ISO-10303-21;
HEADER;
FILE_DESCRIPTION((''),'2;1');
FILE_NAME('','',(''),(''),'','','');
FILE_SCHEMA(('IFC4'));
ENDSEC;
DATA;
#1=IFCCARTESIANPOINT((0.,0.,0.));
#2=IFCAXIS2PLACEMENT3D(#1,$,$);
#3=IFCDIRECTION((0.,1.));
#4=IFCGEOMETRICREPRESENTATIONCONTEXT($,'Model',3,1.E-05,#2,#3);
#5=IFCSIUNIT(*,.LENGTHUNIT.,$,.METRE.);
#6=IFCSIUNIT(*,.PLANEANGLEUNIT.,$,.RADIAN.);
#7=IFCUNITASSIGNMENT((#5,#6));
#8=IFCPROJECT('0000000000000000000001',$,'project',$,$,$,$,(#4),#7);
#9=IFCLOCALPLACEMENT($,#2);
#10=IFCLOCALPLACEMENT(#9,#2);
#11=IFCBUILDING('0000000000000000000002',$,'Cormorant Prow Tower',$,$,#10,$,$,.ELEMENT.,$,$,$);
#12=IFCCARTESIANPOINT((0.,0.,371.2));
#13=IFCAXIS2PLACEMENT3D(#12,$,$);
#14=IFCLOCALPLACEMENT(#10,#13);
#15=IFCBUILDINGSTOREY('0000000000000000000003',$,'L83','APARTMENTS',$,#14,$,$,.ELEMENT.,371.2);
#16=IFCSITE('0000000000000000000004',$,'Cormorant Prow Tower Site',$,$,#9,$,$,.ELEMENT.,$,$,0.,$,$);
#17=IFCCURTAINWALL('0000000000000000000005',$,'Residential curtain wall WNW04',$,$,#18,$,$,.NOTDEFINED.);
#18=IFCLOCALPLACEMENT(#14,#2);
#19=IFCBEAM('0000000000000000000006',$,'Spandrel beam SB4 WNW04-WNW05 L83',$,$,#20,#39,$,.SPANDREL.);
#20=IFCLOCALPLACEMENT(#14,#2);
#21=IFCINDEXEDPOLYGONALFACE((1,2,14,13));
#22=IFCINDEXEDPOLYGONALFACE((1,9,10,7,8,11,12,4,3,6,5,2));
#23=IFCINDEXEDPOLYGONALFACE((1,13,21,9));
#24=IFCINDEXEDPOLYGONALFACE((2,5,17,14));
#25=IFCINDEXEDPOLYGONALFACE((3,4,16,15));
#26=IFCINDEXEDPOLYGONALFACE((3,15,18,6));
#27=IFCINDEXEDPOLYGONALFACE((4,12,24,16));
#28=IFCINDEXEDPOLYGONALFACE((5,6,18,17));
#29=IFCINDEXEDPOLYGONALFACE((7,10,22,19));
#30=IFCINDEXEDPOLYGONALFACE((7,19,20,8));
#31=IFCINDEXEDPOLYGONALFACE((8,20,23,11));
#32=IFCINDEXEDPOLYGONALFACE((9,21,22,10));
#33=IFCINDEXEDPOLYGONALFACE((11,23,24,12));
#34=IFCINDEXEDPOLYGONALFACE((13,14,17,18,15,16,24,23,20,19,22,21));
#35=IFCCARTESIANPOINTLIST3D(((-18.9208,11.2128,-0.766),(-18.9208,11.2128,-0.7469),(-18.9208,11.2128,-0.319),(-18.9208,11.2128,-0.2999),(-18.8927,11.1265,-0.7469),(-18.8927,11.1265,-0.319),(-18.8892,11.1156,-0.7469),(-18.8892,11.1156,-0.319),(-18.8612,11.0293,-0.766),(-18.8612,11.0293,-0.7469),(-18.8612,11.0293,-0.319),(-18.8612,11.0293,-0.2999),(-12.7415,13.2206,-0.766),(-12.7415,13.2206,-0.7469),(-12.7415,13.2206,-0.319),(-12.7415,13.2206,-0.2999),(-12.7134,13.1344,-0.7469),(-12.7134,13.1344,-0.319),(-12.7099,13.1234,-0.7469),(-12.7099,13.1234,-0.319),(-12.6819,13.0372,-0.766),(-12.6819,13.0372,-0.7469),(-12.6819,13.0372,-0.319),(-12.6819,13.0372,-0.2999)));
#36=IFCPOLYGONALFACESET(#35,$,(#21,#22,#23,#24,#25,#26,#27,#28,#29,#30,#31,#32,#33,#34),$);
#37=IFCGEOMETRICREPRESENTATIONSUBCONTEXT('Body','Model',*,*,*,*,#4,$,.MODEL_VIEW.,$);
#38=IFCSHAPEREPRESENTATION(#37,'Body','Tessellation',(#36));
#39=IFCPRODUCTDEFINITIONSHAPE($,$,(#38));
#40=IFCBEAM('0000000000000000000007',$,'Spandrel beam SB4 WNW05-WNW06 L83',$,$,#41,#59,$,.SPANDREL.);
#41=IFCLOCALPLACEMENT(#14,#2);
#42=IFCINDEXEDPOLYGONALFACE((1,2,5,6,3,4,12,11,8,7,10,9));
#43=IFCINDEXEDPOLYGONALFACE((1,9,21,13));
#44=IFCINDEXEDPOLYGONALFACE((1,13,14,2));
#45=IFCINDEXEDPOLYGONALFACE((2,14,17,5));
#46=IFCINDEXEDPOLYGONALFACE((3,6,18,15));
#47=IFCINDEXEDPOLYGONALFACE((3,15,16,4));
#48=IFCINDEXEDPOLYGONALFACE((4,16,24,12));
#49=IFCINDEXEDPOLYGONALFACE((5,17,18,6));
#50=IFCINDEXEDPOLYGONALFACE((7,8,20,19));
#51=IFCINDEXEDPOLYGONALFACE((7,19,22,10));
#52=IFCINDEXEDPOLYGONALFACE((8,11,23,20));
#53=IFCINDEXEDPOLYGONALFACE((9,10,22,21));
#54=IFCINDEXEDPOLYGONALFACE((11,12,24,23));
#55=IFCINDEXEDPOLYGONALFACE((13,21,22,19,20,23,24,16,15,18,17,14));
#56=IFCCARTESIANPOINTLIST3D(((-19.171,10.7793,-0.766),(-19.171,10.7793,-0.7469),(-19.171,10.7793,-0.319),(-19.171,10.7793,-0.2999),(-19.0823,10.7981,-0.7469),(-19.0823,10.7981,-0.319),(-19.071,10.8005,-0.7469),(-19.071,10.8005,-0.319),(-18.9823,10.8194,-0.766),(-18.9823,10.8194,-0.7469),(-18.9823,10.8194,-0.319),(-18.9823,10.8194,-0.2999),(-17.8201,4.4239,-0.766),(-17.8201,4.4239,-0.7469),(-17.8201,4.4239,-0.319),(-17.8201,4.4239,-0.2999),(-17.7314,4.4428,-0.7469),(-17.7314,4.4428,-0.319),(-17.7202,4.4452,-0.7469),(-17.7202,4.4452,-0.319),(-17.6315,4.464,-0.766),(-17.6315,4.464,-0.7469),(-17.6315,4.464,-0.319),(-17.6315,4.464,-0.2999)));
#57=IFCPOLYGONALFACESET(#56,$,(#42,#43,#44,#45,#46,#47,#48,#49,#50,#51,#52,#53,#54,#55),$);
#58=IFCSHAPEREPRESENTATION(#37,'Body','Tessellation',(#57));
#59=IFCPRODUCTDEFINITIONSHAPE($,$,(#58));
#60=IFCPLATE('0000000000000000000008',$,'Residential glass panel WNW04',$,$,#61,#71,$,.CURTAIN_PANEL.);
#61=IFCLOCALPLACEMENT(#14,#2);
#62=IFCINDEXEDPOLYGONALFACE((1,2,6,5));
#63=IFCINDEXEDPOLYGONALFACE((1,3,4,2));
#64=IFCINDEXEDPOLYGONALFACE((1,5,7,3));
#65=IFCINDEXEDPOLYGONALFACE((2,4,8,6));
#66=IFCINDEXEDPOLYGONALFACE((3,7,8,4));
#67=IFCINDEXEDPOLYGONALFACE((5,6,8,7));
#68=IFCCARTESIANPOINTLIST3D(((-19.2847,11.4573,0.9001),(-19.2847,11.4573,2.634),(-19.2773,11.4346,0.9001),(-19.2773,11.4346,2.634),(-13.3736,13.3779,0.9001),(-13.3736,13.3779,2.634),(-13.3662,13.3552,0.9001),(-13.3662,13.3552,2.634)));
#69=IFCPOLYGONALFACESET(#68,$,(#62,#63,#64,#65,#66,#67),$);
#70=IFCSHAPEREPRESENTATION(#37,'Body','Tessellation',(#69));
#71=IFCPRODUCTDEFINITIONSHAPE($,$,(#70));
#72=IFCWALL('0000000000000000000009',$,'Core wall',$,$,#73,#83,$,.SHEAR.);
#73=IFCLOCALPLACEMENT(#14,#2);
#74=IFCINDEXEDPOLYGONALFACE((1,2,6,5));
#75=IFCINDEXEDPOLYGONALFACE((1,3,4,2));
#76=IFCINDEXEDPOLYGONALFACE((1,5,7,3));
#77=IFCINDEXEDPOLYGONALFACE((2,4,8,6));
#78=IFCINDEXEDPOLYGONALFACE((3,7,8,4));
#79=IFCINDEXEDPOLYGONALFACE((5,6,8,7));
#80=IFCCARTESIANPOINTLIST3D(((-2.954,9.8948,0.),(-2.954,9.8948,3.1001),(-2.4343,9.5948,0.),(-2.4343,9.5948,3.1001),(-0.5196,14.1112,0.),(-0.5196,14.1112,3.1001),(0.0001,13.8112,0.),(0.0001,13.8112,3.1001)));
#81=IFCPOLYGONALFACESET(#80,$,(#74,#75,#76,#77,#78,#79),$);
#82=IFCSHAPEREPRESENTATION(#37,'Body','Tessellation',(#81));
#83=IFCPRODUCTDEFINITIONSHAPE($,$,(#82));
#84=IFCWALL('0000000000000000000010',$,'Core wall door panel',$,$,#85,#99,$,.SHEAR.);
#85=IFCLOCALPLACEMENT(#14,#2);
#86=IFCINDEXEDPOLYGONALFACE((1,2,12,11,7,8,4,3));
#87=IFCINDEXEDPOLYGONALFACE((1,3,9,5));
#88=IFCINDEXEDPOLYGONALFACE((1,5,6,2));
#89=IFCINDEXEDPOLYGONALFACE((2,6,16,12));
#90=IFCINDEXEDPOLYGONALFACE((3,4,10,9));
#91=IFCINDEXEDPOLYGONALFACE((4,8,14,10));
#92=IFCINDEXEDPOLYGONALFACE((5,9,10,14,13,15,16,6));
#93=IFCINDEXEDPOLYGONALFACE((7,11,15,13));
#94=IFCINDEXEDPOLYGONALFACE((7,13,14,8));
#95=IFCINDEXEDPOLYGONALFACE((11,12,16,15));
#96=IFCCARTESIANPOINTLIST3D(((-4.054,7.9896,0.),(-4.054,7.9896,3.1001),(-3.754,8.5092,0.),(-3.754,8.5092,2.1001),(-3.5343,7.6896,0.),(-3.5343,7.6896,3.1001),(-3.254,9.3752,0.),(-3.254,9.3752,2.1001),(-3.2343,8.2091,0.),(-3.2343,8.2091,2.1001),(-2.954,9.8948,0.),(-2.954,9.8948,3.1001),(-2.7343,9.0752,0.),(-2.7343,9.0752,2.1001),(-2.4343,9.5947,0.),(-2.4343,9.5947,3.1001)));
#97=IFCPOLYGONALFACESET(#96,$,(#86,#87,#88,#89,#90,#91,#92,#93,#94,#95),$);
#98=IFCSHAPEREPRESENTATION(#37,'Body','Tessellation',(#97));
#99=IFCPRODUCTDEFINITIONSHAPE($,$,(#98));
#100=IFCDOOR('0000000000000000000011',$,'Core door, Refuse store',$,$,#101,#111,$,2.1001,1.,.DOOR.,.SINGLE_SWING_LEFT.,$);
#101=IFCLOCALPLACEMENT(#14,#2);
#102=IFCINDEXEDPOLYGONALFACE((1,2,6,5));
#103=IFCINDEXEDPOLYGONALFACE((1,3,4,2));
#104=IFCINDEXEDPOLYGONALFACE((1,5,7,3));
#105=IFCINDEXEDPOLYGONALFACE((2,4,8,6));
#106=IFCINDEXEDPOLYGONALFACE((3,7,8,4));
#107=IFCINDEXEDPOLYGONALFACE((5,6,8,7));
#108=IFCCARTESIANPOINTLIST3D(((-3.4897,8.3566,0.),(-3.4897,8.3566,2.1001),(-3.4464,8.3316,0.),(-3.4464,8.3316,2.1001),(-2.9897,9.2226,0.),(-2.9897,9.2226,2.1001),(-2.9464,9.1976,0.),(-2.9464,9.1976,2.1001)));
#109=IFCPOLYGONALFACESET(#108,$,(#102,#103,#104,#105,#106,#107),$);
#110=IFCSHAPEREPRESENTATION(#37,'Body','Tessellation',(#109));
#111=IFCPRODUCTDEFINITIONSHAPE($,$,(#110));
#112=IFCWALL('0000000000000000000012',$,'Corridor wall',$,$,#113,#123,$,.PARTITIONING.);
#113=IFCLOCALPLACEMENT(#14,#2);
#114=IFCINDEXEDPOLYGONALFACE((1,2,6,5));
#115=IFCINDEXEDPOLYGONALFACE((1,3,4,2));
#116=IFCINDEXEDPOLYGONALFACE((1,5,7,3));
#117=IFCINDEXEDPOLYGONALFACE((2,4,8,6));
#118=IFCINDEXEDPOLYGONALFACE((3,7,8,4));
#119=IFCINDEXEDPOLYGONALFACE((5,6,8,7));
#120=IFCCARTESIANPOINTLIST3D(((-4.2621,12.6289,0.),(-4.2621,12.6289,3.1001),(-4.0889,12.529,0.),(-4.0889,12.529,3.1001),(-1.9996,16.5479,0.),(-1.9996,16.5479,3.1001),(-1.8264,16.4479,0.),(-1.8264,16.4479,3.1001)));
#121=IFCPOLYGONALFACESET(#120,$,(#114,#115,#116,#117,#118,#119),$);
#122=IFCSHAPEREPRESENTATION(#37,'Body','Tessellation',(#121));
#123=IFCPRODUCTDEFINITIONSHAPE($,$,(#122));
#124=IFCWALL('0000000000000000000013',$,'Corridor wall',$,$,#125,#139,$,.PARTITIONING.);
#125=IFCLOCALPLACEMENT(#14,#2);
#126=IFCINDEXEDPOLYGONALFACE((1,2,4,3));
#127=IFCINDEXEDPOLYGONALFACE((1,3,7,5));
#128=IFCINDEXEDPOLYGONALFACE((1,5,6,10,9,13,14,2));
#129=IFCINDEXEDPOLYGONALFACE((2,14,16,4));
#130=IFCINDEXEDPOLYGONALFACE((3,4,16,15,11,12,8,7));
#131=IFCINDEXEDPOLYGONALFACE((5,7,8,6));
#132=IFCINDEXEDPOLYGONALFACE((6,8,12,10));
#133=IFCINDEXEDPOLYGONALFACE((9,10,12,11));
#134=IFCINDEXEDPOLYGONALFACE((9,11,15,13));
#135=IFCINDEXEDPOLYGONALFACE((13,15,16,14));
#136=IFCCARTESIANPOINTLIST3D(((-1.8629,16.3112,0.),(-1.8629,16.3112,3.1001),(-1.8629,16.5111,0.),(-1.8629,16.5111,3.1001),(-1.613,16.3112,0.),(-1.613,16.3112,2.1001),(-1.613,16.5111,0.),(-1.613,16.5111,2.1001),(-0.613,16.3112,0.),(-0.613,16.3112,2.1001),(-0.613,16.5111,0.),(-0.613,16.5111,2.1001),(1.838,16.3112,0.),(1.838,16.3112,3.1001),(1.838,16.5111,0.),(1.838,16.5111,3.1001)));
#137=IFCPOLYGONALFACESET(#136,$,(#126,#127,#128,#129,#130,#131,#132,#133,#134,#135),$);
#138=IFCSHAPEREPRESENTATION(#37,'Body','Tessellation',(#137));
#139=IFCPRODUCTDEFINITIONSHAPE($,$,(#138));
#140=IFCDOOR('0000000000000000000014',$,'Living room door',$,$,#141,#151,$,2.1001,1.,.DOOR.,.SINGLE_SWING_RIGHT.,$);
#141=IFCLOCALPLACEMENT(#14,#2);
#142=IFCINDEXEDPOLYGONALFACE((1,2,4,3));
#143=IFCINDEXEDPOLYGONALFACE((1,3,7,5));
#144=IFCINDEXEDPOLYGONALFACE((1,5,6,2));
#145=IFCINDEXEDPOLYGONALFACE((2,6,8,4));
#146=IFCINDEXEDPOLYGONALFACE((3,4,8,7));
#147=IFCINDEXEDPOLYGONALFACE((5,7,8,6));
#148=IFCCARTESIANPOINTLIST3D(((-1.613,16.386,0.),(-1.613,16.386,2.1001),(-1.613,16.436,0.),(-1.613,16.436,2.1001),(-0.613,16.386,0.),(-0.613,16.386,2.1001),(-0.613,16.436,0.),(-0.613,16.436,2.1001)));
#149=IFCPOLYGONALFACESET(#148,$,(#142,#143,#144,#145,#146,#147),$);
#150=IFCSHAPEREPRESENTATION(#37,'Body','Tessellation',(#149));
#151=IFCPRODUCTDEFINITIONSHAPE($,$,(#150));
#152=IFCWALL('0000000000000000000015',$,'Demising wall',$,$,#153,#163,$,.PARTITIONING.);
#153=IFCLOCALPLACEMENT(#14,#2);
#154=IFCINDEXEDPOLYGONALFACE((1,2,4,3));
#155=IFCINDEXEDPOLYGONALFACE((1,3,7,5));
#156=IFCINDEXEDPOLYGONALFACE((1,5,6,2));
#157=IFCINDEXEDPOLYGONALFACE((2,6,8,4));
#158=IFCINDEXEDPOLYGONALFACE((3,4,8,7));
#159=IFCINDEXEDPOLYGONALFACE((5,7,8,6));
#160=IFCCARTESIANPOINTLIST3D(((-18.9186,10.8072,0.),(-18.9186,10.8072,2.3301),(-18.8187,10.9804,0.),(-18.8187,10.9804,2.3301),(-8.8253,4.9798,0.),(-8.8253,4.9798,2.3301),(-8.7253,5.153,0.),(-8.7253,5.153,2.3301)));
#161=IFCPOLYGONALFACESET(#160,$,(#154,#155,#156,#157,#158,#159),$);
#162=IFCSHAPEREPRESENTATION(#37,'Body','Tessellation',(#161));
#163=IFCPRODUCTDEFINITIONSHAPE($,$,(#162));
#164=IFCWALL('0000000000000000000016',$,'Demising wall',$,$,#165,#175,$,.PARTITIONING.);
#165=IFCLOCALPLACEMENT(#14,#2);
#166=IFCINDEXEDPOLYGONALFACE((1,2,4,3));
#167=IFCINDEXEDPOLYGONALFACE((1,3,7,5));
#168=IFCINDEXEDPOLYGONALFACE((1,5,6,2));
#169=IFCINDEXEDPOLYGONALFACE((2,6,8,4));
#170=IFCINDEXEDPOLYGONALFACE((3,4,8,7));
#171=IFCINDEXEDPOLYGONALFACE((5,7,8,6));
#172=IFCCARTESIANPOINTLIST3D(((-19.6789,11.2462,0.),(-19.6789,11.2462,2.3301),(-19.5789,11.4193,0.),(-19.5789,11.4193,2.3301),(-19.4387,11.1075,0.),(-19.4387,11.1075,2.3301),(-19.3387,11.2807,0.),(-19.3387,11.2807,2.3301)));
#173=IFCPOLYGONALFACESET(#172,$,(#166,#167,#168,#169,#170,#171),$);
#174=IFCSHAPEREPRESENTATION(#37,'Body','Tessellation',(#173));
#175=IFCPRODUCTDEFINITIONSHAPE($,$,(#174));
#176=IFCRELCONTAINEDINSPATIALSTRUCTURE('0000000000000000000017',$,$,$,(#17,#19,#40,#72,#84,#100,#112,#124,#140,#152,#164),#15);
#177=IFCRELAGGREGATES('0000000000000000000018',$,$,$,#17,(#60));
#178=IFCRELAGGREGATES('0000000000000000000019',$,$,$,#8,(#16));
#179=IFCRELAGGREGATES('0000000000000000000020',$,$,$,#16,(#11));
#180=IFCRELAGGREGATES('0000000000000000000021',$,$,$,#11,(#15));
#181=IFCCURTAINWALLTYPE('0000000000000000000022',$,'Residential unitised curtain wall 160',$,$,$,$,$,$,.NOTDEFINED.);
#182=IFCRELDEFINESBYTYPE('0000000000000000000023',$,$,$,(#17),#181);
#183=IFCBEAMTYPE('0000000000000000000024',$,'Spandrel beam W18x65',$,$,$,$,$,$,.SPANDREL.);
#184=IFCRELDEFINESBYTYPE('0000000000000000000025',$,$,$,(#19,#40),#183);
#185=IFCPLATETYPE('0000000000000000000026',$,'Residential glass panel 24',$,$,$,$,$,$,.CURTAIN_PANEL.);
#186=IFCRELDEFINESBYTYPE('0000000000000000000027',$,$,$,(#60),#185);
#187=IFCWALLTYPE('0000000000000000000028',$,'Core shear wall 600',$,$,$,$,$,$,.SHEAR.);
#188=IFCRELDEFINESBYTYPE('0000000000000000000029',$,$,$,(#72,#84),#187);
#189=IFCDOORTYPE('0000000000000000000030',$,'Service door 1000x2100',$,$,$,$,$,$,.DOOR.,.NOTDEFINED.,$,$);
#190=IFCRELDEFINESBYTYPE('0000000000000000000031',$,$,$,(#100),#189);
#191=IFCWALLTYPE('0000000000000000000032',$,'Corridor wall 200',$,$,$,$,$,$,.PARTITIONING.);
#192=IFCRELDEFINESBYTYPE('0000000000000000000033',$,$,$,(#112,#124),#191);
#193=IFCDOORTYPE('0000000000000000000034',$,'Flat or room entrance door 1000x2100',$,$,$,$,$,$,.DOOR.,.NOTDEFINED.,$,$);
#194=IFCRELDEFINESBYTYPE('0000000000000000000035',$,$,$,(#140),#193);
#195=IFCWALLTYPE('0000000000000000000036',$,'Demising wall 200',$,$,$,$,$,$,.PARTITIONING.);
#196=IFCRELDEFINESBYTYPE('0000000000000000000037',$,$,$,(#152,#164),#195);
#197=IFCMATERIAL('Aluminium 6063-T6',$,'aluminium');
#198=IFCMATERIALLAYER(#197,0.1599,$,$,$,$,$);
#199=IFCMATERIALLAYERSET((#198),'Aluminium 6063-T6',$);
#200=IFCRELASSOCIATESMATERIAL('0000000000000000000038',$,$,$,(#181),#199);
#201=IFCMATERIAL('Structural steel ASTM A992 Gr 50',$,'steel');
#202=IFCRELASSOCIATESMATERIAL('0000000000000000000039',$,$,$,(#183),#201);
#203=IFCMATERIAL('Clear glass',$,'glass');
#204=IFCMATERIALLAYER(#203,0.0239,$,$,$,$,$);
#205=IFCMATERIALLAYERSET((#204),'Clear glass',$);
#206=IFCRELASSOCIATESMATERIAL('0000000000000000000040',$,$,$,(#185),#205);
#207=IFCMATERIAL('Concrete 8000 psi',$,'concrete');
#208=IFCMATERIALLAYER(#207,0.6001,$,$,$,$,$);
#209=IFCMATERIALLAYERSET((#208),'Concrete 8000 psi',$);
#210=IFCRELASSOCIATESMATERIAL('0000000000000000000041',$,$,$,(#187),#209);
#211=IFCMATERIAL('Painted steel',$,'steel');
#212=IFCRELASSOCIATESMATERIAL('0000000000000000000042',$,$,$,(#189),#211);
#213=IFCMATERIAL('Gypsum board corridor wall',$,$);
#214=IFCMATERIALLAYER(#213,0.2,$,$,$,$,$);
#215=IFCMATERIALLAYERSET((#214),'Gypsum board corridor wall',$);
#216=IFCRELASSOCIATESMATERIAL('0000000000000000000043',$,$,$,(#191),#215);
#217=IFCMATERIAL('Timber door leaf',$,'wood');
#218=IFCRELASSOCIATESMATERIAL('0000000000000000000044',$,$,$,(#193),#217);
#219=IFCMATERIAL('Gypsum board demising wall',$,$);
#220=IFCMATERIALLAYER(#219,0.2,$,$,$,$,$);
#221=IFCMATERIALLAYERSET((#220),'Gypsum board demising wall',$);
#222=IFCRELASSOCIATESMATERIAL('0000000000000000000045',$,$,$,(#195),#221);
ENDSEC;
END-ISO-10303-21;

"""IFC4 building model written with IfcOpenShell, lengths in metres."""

from ifc_helpers import new_model, si_unit, direction, frame, frame_2d, origin, origin_2d, place, context, subcontext, project, spatial, rectangle, i_section, extrude, material, layer, layer_set, material_profile, profile_set, type_object, element, fill, aggregate, save


model = new_model("IFC4")

# Units and contexts
model_context = context("Model", 3, precision=1e-05, world=origin(), true_north=direction((0.0, 1.0)))
body_context = subcontext(model_context, "Body", "Model", "MODEL_VIEW")
ifc_project = project(units=[si_unit("LENGTHUNIT", "METRE"), si_unit("PLANEANGLEUNIT", "RADIAN")], contexts=[model_context])

# Site, building, storey
site_placement = place(None, origin())
site = spatial("IfcSite", under=ifc_project, at=site_placement, Name="Cormorant Prow Tower Site", CompositionType="ELEMENT", RefElevation=0.0)
building_placement = place(site_placement, origin())
building = spatial("IfcBuilding", under=site, at=building_placement, Name="Cormorant Prow Tower", CompositionType="ELEMENT")
storey_placement = place(building_placement, frame((0.0, 0.0, 371.2)))
storey = spatial("IfcBuildingStorey", under=building, at=storey_placement, Name="L83", Description="APARTMENTS", CompositionType="ELEMENT", Elevation=371.2)

# Curtain wall
ifc_material_1 = material(Name="Aluminium 6063-T6", Category="aluminium")
ifc_layer_1 = layer(ifc_material_1, 0.1599)
ifc_layer_set_1 = layer_set([ifc_layer_1], Name="Aluminium 6063-T6")
curtain_wall_type = type_object("IfcCurtainWallType", Name="Residential unitised curtain wall 160", PredefinedType="NOTDEFINED", material=ifc_layer_set_1)
curtain_wall_placement = place(storey_placement, origin())
curtain_wall = element("IfcCurtainWall", 1, at=curtain_wall_placement, inside=storey, type_object=curtain_wall_type, Name="Residential curtain wall WNW04", PredefinedType="NOTDEFINED")

# Beams
ifc_material_2 = material(Name="Structural steel ASTM A992 Gr 50", Category="steel")
ifc_material_profile_1 = material_profile(ifc_material_2, i_section(OverallWidth=0.1929, OverallDepth=0.4661, WebThickness=0.0115, FlangeThickness=0.019, at=origin_2d()), Name="W18x65")
ifc_profile_set_1 = profile_set([ifc_material_profile_1], Name="Structural steel ASTM A992 Gr 50")
beam_type_1 = type_object("IfcBeamType", Name="Spandrel beam W18x65", PredefinedType="SPANDREL", material=ifc_profile_set_1)
for number, where, z_axis, x_axis, name in (
    (2, (-12.7117, 13.1289, -0.533), (-0.951053, -0.309027, 0.0), (0.309027, -0.951053, 0.0), "Spandrel beam SB4 WNW04-WNW05 L83"),
    (3, (-19.0767, 10.7993, -0.533), (0.20791, -0.978148, 0.0), (0.978148, 0.20791, 0.0), "Spandrel beam SB4 WNW05-WNW06 L83"),
):
    element("IfcBeam", number, at=place(storey_placement, frame(where, z_axis=z_axis, x_axis=x_axis)), inside=storey, type_object=beam_type_1, Name=name, PredefinedType="SPANDREL", context=body_context, shape_type="SweptSolid", body=[
        extrude(i_section(OverallWidth=0.1929, OverallDepth=0.4661, WebThickness=0.0115, FlangeThickness=0.019, at=origin_2d()), origin(), (0.0, 0.0, 1.0), 6.4973),
    ])

# Plate
ifc_material_3 = material(Name="Clear glass", Category="glass")
ifc_layer_2 = layer(ifc_material_3, 0.0239)
ifc_layer_set_2 = layer_set([ifc_layer_2], Name="Clear glass")
plate_type = type_object("IfcPlateType", Name="Residential glass panel 24", PredefinedType="CURTAIN_PANEL", material=ifc_layer_set_2)
plate_placement = place(storey_placement, frame((-16.3254, 12.4062, 0.9001), z_axis=(0.0, 0.0, 1.0), x_axis=(-0.951057, -0.309017, 0.0)))
plate = element("IfcPlate", 4, at=plate_placement, type_object=plate_type, Name="Residential glass panel WNW04", PredefinedType="CURTAIN_PANEL", context=body_context, shape_type="SweptSolid", body=[
    extrude(rectangle(XDim=6.2153, YDim=0.0239, at=origin_2d()), origin(), (0.0, 0.0, 1.0), 1.7339),
])
aggregate(curtain_wall, [plate])

# Wall
ifc_material_4 = material(Name="Concrete 8000 psi", Category="concrete")
ifc_layer_3 = layer(ifc_material_4, 0.6001)
ifc_layer_set_3 = layer_set([ifc_layer_3], Name="Concrete 8000 psi")
wall_type_1 = type_object("IfcWallType", Name="Core shear wall 600", PredefinedType="SHEAR", material=ifc_layer_set_3)
wall_1_placement = place(storey_placement, frame((-0.2598, 13.9612, 0.0), z_axis=(0.0, 0.0, 1.0), x_axis=(-0.500006, -0.866022, 0.0)))
element("IfcWall", 5, at=wall_1_placement, inside=storey, type_object=wall_type_1, Name="Core wall", PredefinedType="SHEAR", context=body_context, shape_type="SweptSolid", body=[
    extrude(rectangle(XDim=4.8687, YDim=0.6001, at=frame_2d((2.4343, 0.0))), origin(), (0.0, 0.0, 1.0), 3.1001),
])

# Wall, opening, door
wall_2_placement = place(storey_placement, frame((-2.6941, 9.7449, 0.0), z_axis=(0.0, 0.0, 1.0), x_axis=(-0.50003, -0.866008, 0.0)))
wall_2 = element("IfcWall", 6, at=wall_2_placement, inside=storey, type_object=wall_type_1, Name="Core wall door panel", PredefinedType="SHEAR", context=body_context, shape_type="SweptSolid", body=[
    extrude(rectangle(XDim=2.2, YDim=0.6001, at=frame_2d((1.1001, 0.0))), origin(), (0.0, 0.0, 1.0), 3.1001),
])
opening_1_placement = place(wall_2_placement, frame((0.6001, 0.0, 0.0)))
opening_1 = element("IfcOpeningElement", 7, at=opening_1_placement, cuts=wall_2, PredefinedType="OPENING", context=body_context, shape_type="SweptSolid", body=[
    extrude(rectangle(XDim=1.0, YDim=2.1001, at=frame_2d((0.5, 1.05))), frame((0.0, 0.3101, 0.0), z_axis=(0.0, -1.0, 0.0), x_axis=(1.0, 0.0, 0.0)), (0.0, 0.0, 1.0), 0.6201),
])
ifc_material_5 = material(Name="Painted steel", Category="steel")
door_type_1 = type_object("IfcDoorType", Name="Service door 1000x2100", OperationType="NOTDEFINED", PredefinedType="DOOR", material=ifc_material_5)
door_1_placement = place(opening_1_placement, origin())
door_1 = element("IfcDoor", 8, at=door_1_placement, inside=storey, type_object=door_type_1, Name="Core door, Refuse store", OperationType="SINGLE_SWING_LEFT", OverallHeight=2.1001, OverallWidth=1.0, PredefinedType="DOOR", context=body_context, shape_type="SweptSolid", body=[
    extrude(rectangle(XDim=1.0, YDim=2.1001, at=frame_2d((0.5, 1.05))), frame((0.0, 0.0552, 0.0), z_axis=(0.0, -1.0, 0.0), x_axis=(1.0, 0.0, 0.0)), (0.0, 0.0, 1.0), 0.05),
])
fill(opening_1, door_1)

# Wall
ifc_material_6 = material(Name="Gypsum board corridor wall")
ifc_layer_4 = layer(ifc_material_6, 0.2)
ifc_layer_set_4 = layer_set([ifc_layer_4], Name="Gypsum board corridor wall")
wall_type_2 = type_object("IfcWallType", Name="Corridor wall 200", PredefinedType="PARTITIONING", material=ifc_layer_set_4)
wall_3_placement = place(storey_placement, frame((-4.1755, 12.5789, 0.0), z_axis=(0.0, 0.0, 1.0), x_axis=(0.499975, 0.86604, 0.0)))
element("IfcWall", 9, at=wall_3_placement, inside=storey, type_object=wall_type_2, Name="Corridor wall", PredefinedType="PARTITIONING", context=body_context, shape_type="SweptSolid", body=[
    extrude(rectangle(XDim=4.5251, YDim=0.2, at=frame_2d((2.2627, 0.0))), origin(), (0.0, 0.0, 1.0), 3.1001),
])

# Wall, opening, door
wall_4_placement = place(storey_placement, frame((-1.863, 16.4111, 0.0), z_axis=(0.0, 0.0, 1.0), x_axis=(1.0, 0.0, 0.0)))
wall_4 = element("IfcWall", 10, at=wall_4_placement, inside=storey, type_object=wall_type_2, Name="Corridor wall", PredefinedType="PARTITIONING", context=body_context, shape_type="SweptSolid", body=[
    extrude(rectangle(XDim=3.7009, YDim=0.2, at=frame_2d((1.8506, 0.0))), origin(), (0.0, 0.0, 1.0), 3.1001),
])
opening_2_placement = place(wall_4_placement, frame((0.25, 0.0, 0.0)))
opening_2 = element("IfcOpeningElement", 11, at=opening_2_placement, cuts=wall_4, PredefinedType="OPENING", context=body_context, shape_type="SweptSolid", body=[
    extrude(rectangle(XDim=1.0, YDim=2.1001, at=frame_2d((0.5, 1.05))), frame((0.0, 0.1099, 0.0), z_axis=(0.0, -1.0, 0.0), x_axis=(1.0, 0.0, 0.0)), (0.0, 0.0, 1.0), 0.22),
])
ifc_material_7 = material(Name="Timber door leaf", Category="wood")
door_type_2 = type_object("IfcDoorType", Name="Flat or room entrance door 1000x2100", OperationType="NOTDEFINED", PredefinedType="DOOR", material=ifc_material_7)
door_2_placement = place(opening_2_placement, origin())
door_2 = element("IfcDoor", 12, at=door_2_placement, inside=storey, type_object=door_type_2, Name="Living room door", OperationType="SINGLE_SWING_RIGHT", OverallHeight=2.1001, OverallWidth=1.0, PredefinedType="DOOR", context=body_context, shape_type="SweptSolid", body=[
    extrude(rectangle(XDim=1.0, YDim=2.1001, at=frame_2d((0.5, 1.05))), frame((0.0, 0.0249, 0.0), z_axis=(0.0, -1.0, 0.0), x_axis=(1.0, 0.0, 0.0)), (0.0, 0.0, 1.0), 0.05),
])
fill(opening_2, door_2)

# Walls
ifc_material_8 = material(Name="Gypsum board demising wall")
ifc_layer_5 = layer(ifc_material_8, 0.2)
ifc_layer_set_5 = layer_set([ifc_layer_5], Name="Gypsum board demising wall")
wall_type_3 = type_object("IfcWallType", Name="Demising wall 200", PredefinedType="PARTITIONING", material=ifc_layer_set_5)
wall_5_placement = place(storey_placement, frame((-18.8687, 10.8938, 0.0), z_axis=(0.0, 0.0, 1.0), x_axis=(0.866024, -0.500003, 0.0)))
element("IfcWall", 13, at=wall_5_placement, inside=storey, type_object=wall_type_3, Name="Demising wall", PredefinedType="PARTITIONING", context=body_context, shape_type="SweptSolid", body=[
    extrude(rectangle(XDim=11.6548, YDim=0.2, at=frame_2d((5.8274, 0.0))), origin(), (0.0, 0.0, 1.0), 2.3301),
])
wall_6_placement = place(storey_placement, frame((-19.6289, 11.3328, 0.0), z_axis=(0.0, 0.0, 1.0), x_axis=(0.866068, -0.499926, 0.0)))
element("IfcWall", 14, at=wall_6_placement, inside=storey, type_object=wall_type_3, Name="Demising wall", PredefinedType="PARTITIONING", context=body_context, shape_type="SweptSolid", body=[
    extrude(rectangle(XDim=0.2773, YDim=0.2, at=frame_2d((0.1387, 0.0))), origin(), (0.0, 0.0, 1.0), 2.3301),
])

save(model, "model.ifc")
